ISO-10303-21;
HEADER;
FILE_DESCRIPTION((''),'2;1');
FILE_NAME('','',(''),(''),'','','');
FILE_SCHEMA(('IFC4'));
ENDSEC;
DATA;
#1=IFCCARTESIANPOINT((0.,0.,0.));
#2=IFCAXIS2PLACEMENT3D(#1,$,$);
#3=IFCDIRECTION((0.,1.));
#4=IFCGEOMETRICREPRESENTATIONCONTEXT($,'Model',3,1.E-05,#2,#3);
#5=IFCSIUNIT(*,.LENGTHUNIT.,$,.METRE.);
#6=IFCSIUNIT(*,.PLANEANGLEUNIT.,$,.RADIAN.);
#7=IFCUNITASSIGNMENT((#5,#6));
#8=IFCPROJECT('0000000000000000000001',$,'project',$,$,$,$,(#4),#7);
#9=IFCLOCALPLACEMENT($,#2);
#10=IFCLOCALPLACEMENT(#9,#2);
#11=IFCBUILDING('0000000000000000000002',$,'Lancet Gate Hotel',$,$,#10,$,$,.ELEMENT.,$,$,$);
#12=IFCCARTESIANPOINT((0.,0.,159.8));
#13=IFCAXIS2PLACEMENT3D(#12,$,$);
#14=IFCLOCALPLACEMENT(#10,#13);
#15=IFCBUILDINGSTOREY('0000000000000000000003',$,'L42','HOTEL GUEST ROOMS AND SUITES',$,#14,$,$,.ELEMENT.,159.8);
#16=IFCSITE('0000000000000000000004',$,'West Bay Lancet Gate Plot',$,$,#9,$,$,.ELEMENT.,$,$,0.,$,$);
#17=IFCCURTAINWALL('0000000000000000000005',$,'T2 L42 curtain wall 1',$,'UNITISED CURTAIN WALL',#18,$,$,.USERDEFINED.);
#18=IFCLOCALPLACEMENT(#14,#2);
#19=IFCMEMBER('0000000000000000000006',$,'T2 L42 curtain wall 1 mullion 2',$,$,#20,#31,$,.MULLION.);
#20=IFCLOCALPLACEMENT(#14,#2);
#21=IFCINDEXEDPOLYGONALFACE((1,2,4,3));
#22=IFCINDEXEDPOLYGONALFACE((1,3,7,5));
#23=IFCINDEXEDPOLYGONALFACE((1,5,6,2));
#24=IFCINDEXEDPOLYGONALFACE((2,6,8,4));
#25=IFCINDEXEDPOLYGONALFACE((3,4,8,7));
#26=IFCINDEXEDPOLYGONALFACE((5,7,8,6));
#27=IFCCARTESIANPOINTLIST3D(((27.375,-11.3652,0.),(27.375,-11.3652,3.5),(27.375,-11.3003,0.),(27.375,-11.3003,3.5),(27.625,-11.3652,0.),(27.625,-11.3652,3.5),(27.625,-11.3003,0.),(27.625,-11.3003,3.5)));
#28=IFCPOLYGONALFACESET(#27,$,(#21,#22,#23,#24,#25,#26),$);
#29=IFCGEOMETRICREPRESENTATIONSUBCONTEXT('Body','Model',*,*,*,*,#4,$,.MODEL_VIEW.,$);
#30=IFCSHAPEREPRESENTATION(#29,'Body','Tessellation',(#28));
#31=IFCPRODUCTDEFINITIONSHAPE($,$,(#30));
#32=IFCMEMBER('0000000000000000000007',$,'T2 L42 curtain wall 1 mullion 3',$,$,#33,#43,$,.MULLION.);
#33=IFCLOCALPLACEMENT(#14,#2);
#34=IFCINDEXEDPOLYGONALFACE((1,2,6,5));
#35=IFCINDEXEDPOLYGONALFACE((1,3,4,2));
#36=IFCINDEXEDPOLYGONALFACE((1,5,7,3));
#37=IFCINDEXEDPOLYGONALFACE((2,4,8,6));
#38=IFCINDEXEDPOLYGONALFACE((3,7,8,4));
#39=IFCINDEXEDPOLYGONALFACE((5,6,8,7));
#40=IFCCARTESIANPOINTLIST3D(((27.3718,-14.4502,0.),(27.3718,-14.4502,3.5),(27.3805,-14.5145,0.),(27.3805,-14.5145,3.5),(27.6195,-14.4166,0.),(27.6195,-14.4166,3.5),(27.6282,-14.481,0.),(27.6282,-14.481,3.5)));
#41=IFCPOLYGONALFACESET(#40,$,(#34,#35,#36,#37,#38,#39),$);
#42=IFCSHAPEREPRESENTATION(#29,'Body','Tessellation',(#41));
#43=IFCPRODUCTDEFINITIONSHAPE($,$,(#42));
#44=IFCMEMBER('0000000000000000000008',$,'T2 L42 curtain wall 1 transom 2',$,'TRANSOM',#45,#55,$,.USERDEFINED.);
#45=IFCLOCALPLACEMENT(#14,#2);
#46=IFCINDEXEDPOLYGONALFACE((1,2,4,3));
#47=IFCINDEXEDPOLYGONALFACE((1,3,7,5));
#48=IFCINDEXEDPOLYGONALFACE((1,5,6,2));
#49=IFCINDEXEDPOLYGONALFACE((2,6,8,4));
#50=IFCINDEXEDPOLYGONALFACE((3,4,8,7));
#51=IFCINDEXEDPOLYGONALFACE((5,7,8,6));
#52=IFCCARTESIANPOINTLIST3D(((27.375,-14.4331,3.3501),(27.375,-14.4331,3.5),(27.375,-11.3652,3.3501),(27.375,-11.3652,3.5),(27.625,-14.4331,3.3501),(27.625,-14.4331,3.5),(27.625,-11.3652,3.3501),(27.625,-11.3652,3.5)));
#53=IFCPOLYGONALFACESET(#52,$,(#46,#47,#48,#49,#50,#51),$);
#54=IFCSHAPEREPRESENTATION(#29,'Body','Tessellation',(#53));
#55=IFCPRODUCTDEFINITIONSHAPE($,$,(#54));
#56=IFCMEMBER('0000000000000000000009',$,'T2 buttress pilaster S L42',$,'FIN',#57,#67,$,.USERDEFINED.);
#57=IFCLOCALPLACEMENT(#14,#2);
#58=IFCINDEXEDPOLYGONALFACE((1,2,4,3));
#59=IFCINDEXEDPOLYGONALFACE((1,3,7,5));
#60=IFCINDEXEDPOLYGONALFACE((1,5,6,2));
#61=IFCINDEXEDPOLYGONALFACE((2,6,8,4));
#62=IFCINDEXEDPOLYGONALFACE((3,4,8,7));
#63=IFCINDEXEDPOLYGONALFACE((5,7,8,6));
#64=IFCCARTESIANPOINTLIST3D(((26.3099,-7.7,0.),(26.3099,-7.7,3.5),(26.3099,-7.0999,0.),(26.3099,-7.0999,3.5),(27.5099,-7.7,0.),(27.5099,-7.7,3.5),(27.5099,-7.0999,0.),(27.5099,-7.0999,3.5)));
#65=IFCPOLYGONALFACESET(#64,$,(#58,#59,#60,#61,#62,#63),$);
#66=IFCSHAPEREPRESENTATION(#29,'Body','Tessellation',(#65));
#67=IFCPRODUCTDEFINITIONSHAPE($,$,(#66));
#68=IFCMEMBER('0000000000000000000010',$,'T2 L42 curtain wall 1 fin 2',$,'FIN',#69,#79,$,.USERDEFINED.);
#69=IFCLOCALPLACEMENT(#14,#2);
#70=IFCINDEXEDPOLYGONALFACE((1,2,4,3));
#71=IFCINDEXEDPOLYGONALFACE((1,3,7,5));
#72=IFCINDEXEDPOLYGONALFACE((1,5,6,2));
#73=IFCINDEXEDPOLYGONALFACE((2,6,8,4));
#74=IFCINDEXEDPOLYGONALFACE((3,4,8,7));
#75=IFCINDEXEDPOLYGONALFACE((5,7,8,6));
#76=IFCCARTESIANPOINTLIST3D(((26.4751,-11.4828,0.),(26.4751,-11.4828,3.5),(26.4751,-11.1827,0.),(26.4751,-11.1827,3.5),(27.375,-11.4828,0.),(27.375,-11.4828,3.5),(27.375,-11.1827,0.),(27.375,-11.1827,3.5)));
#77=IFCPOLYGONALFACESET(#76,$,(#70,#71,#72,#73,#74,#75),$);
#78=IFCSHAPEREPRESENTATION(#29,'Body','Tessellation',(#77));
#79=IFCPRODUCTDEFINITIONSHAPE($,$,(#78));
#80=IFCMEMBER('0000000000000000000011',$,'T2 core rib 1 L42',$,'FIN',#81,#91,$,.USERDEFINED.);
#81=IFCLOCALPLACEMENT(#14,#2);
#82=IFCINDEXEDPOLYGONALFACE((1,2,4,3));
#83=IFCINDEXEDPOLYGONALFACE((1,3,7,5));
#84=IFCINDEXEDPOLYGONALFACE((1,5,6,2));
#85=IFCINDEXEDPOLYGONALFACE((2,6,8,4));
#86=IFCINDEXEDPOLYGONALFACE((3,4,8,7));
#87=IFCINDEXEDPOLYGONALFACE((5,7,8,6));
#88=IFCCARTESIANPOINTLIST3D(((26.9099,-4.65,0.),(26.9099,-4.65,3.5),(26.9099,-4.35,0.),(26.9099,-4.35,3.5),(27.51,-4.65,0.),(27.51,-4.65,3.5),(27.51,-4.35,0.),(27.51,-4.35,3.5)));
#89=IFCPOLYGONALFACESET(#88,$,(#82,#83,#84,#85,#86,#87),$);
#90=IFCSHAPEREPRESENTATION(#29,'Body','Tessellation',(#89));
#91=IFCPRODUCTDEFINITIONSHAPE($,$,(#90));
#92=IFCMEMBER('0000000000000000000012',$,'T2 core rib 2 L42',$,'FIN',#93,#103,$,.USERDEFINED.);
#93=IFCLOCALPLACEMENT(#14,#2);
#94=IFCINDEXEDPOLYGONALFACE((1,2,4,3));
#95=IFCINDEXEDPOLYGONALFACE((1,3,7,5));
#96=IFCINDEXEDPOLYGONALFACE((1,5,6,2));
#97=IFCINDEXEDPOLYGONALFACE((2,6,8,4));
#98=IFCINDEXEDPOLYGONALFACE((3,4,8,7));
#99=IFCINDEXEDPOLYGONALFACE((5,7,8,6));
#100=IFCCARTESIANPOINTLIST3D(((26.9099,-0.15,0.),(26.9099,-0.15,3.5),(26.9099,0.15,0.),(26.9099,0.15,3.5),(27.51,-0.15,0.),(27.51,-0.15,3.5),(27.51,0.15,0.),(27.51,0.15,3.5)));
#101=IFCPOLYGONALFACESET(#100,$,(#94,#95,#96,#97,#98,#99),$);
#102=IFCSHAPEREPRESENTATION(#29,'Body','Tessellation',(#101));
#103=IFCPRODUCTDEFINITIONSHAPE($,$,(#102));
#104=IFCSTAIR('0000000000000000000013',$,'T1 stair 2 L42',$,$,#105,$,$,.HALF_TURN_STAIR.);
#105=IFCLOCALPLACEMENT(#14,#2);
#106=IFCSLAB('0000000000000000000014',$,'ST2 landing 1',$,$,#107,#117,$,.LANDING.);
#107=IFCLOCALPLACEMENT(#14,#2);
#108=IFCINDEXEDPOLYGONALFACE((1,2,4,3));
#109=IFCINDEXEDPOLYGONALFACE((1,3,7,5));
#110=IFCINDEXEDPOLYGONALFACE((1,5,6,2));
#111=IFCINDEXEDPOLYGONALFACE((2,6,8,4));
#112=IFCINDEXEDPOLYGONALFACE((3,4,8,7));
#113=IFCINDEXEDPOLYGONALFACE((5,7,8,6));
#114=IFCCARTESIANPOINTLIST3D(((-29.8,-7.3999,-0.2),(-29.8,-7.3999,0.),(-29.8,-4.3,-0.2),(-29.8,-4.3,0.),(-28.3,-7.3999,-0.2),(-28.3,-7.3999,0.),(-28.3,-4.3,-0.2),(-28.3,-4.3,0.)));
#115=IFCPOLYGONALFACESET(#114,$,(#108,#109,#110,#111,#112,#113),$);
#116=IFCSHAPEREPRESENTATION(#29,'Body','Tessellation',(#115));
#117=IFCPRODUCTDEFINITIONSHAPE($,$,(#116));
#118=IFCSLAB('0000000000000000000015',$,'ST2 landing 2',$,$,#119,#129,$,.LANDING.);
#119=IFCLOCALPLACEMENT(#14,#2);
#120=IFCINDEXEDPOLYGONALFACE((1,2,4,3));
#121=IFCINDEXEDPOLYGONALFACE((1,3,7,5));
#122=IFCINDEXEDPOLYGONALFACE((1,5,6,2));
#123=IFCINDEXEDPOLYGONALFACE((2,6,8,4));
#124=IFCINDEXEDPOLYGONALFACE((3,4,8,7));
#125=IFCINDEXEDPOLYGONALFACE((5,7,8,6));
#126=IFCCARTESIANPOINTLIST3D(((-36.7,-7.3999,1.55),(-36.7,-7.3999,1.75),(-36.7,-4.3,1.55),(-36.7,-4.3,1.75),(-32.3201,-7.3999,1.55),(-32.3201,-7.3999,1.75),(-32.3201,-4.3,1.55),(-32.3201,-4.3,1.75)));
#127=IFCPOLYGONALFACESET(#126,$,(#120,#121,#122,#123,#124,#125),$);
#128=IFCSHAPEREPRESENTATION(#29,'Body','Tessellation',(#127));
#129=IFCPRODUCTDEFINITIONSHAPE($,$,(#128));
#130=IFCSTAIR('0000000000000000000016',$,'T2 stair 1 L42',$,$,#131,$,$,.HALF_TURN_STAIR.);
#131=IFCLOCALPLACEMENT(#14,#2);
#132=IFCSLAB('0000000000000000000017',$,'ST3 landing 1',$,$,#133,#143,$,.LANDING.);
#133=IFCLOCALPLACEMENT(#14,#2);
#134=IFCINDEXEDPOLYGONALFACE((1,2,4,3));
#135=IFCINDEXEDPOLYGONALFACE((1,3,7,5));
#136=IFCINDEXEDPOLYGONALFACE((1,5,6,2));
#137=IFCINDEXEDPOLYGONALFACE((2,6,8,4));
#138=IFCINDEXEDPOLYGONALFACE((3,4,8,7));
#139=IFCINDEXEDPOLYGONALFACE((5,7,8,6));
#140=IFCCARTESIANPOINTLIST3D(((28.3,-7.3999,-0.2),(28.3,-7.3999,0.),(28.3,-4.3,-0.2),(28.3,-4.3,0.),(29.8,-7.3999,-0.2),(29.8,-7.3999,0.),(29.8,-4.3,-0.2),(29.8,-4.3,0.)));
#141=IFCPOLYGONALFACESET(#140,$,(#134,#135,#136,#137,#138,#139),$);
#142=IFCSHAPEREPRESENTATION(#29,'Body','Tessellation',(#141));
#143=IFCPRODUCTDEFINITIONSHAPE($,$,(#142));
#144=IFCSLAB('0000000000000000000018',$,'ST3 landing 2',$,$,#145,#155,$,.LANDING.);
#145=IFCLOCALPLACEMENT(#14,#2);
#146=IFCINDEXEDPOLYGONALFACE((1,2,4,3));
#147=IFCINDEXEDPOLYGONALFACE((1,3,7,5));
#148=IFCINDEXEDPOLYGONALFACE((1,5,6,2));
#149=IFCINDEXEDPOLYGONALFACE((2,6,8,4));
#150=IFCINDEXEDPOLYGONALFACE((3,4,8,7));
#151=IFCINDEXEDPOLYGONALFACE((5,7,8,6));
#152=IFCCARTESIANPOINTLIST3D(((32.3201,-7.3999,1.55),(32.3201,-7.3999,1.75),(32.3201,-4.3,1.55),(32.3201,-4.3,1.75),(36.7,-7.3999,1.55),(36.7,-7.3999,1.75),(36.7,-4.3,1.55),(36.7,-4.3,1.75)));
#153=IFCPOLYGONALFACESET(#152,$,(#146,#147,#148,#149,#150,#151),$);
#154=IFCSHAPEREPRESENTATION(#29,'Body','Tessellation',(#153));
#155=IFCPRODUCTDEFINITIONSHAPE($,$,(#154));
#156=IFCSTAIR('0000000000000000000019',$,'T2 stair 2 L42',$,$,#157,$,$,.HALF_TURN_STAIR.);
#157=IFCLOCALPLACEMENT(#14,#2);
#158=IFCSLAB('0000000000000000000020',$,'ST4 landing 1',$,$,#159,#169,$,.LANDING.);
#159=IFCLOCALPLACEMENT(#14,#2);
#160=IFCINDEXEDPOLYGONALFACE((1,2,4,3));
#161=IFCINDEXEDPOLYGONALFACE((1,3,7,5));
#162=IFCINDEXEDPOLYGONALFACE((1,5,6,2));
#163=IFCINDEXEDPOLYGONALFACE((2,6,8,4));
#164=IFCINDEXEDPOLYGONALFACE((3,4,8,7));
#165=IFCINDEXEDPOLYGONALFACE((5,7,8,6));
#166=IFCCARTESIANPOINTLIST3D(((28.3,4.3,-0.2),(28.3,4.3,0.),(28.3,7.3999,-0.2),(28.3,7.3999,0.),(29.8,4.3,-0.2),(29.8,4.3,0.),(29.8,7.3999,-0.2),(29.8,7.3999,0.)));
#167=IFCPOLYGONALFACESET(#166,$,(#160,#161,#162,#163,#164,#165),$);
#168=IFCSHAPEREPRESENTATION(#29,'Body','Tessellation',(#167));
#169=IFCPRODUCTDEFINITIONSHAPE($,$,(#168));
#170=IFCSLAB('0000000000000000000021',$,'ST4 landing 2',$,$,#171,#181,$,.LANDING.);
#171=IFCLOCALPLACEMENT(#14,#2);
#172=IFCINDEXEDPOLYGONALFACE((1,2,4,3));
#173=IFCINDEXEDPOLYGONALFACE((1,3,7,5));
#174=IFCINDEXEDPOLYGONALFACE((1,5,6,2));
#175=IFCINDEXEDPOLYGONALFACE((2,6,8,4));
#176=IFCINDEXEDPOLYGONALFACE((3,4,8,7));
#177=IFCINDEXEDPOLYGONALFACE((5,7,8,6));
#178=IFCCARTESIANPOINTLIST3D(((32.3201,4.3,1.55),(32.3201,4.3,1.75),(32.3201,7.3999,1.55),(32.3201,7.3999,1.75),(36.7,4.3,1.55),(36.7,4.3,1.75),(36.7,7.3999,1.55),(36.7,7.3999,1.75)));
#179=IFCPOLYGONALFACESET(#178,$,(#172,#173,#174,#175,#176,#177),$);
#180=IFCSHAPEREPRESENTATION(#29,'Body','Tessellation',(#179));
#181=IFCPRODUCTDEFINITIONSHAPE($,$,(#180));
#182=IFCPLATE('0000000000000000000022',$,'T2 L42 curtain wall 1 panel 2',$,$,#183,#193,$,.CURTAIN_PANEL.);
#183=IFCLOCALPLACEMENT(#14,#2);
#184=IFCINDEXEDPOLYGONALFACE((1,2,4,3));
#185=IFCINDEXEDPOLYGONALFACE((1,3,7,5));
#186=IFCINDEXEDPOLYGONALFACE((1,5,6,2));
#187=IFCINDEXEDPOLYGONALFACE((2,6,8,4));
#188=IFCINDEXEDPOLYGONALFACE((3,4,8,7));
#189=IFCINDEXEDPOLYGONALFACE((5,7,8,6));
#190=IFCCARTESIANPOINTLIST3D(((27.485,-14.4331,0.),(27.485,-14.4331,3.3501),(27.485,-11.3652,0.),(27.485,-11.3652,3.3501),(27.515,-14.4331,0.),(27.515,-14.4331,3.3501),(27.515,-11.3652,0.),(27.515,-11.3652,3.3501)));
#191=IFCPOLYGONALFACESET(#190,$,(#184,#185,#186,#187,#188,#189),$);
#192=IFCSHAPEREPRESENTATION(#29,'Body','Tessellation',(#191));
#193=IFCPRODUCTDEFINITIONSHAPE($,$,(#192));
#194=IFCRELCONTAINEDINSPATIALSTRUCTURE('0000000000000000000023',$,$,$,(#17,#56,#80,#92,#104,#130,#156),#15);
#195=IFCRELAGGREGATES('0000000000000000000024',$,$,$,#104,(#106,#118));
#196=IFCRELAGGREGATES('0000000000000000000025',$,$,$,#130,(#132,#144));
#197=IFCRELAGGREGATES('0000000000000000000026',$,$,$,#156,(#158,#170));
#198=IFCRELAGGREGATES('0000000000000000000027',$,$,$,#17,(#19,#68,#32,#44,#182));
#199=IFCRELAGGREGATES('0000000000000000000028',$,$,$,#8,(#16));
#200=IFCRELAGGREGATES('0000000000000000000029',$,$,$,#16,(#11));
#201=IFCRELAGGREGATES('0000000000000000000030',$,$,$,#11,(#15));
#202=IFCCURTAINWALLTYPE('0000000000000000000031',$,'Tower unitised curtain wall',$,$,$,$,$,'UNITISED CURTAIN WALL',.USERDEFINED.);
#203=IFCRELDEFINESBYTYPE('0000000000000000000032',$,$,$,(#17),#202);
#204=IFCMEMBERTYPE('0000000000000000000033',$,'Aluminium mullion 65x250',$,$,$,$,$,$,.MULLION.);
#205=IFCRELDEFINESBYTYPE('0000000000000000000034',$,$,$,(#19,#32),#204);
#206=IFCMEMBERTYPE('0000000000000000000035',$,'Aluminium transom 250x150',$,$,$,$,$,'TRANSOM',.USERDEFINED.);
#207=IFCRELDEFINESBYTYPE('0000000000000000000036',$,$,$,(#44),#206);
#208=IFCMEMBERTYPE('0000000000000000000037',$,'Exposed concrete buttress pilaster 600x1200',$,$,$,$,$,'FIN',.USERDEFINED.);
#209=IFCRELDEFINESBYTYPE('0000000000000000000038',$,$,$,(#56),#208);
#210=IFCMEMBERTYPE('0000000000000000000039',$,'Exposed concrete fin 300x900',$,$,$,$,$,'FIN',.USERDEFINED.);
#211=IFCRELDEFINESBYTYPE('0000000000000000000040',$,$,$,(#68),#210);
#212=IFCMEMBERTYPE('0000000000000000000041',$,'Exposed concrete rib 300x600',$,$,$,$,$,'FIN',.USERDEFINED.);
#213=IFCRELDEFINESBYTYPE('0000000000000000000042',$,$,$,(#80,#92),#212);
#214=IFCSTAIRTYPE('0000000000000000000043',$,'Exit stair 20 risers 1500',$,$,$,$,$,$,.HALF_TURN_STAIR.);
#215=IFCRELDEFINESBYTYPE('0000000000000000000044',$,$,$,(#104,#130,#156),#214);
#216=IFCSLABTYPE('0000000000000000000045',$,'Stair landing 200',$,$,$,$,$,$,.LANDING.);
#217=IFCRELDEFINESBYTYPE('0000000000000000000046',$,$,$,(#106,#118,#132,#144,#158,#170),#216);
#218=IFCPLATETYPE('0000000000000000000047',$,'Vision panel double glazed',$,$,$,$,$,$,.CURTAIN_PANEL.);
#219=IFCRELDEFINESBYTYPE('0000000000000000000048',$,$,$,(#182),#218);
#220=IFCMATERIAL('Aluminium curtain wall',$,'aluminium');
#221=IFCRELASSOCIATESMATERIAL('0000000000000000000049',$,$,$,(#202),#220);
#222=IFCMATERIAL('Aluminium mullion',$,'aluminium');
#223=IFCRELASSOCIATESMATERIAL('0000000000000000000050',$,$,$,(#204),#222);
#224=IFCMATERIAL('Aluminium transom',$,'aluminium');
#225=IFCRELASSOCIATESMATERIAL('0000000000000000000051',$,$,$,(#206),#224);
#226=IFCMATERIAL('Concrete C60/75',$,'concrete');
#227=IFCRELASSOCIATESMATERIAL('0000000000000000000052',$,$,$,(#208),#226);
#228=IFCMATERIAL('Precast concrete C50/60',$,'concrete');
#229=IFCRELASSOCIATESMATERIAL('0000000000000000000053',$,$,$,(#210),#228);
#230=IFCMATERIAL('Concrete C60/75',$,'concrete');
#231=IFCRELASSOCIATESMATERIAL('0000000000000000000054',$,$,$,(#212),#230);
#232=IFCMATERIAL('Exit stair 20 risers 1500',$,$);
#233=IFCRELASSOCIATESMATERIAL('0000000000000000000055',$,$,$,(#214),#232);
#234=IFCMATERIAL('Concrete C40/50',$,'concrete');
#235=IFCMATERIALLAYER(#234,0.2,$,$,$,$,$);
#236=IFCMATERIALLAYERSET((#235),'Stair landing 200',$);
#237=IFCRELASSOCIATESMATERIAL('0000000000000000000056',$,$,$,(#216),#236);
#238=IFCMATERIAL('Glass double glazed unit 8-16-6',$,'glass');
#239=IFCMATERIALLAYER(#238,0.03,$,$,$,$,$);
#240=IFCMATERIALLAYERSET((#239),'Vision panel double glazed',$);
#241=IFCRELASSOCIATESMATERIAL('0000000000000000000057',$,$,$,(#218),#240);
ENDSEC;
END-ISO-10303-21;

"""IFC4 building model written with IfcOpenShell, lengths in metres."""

from ifc_helpers import new_model, si_unit, direction, frame, origin, origin_2d, place, context, subcontext, project, spatial, polyline, rectangle, outline, extrude, material, layer, layer_set, material_profile, profile_set, type_object, element, aggregate, save


model = new_model("IFC4")

# Units and contexts
model_context = context("Model", 3, precision=1e-05, world=origin(), true_north=direction((0.0, 1.0)))
body_context = subcontext(model_context, "Body", "Model", "MODEL_VIEW")
ifc_project = project(units=[si_unit("LENGTHUNIT", "METRE"), si_unit("PLANEANGLEUNIT", "RADIAN")], contexts=[model_context])

# Site, building, storey
site_placement = place(None, origin())
site = spatial("IfcSite", under=ifc_project, at=site_placement, Name="West Bay Lancet Gate Plot", CompositionType="ELEMENT", RefElevation=0.0)
building_placement = place(site_placement, origin())
building = spatial("IfcBuilding", under=site, at=building_placement, Name="Lancet Gate Hotel", CompositionType="ELEMENT")
storey_placement = place(building_placement, frame((0.0, 0.0, 159.8)))
storey = spatial("IfcBuildingStorey", under=building, at=storey_placement, Name="L42", Description="HOTEL GUEST ROOMS AND SUITES", CompositionType="ELEMENT", Elevation=159.8)

# Curtain wall, members
ifc_material_1 = material(Name="Aluminium curtain wall", Category="aluminium")
curtain_wall_type = type_object("IfcCurtainWallType", Name="Tower unitised curtain wall", ElementType="UNITISED CURTAIN WALL", PredefinedType="USERDEFINED", material=ifc_material_1)
curtain_wall_placement = place(storey_placement, origin())
curtain_wall = element("IfcCurtainWall", 1, at=curtain_wall_placement, inside=storey, type_object=curtain_wall_type, Name="T2 L42 curtain wall 1", ObjectType="UNITISED CURTAIN WALL", PredefinedType="USERDEFINED")
ifc_material_2 = material(Name="Aluminium mullion", Category="aluminium")
ifc_material_profile_1 = material_profile(ifc_material_2, rectangle(XDim=0.0649, YDim=0.25, at=origin_2d()), Name="MULLION 65x250")
ifc_profile_set_1 = profile_set([ifc_material_profile_1], Name="Aluminium mullion")
member_type_1 = type_object("IfcMemberType", Name="Aluminium mullion 65x250", PredefinedType="MULLION", material=ifc_profile_set_1)
member_1_placement = place(storey_placement, frame((27.5, -11.3328, 0.0), z_axis=(0.0, 0.0, 1.0), x_axis=(0.0, -1.0, 0.0)))
member_1 = element("IfcMember", 2, at=member_1_placement, type_object=member_type_1, Name="T2 L42 curtain wall 1 mullion 2", PredefinedType="MULLION", context=body_context, shape_type="SweptSolid", body=[
    extrude(rectangle(XDim=0.0649, YDim=0.25, at=origin_2d()), origin(), (0.0, 0.0, 1.0), 3.5),
])
member_2_placement = place(storey_placement, frame((27.5, -14.4656, 0.0), z_axis=(0.0, 0.0, 1.0), x_axis=(0.134207, -0.990953, 0.0)))
member_2 = element("IfcMember", 3, at=member_2_placement, type_object=member_type_1, Name="T2 L42 curtain wall 1 mullion 3", PredefinedType="MULLION", context=body_context, shape_type="SweptSolid", body=[
    extrude(rectangle(XDim=0.0649, YDim=0.25, at=origin_2d()), origin(), (0.0, 0.0, 1.0), 3.5),
])
ifc_material_3 = material(Name="Aluminium transom", Category="aluminium")
ifc_material_profile_2 = material_profile(ifc_material_3, rectangle(XDim=0.25, YDim=0.1499, at=origin_2d()), Name="TRANSOM 250x150")
ifc_profile_set_2 = profile_set([ifc_material_profile_2], Name="Aluminium transom")
member_type_2 = type_object("IfcMemberType", Name="Aluminium transom 250x150", ElementType="TRANSOM", PredefinedType="USERDEFINED", material=ifc_profile_set_2)
member_3_placement = place(storey_placement, frame((27.5, -11.3652, 3.425), z_axis=(0.0, -1.0, 0.0), x_axis=(1.0, 0.0, 0.0)))
member_3 = element("IfcMember", 4, at=member_3_placement, type_object=member_type_2, Name="T2 L42 curtain wall 1 transom 2", ObjectType="TRANSOM", PredefinedType="USERDEFINED", context=body_context, shape_type="SweptSolid", body=[
    extrude(rectangle(XDim=0.25, YDim=0.1499, at=origin_2d()), origin(), (0.0, 0.0, 1.0), 3.0679),
])

# Members
ifc_material_4 = material(Name="Concrete C60/75", Category="concrete")
ifc_material_profile_3 = material_profile(ifc_material_4, rectangle(XDim=0.6001, YDim=1.2, at=origin_2d()), Name="FIN 600x1200")
ifc_profile_set_3 = profile_set([ifc_material_profile_3], Name="Concrete C60/75")
member_type_3 = type_object("IfcMemberType", Name="Exposed concrete buttress pilaster 600x1200", ElementType="FIN", PredefinedType="USERDEFINED", material=ifc_profile_set_3)
member_4_placement = place(storey_placement, frame((26.9099, -7.3999, 0.0), z_axis=(0.0, 0.0, 1.0), x_axis=(0.0, 1.0, 0.0)))
element("IfcMember", 5, at=member_4_placement, inside=storey, type_object=member_type_3, Name="T2 buttress pilaster S L42", ObjectType="FIN", PredefinedType="USERDEFINED", context=body_context, shape_type="SweptSolid", body=[
    extrude(rectangle(XDim=0.6001, YDim=1.2, at=origin_2d()), origin(), (0.0, 0.0, 1.0), 3.5),
])
ifc_material_5 = material(Name="Precast concrete C50/60", Category="concrete")
ifc_material_profile_4 = material_profile(ifc_material_5, rectangle(XDim=0.3, YDim=0.8999, at=origin_2d()), Name="FIN 300x900")
ifc_profile_set_4 = profile_set([ifc_material_profile_4], Name="Precast concrete C50/60")
member_type_4 = type_object("IfcMemberType", Name="Exposed concrete fin 300x900", ElementType="FIN", PredefinedType="USERDEFINED", material=ifc_profile_set_4)
member_5_placement = place(storey_placement, frame((26.925, -11.3328, 0.0), z_axis=(0.0, 0.0, 1.0), x_axis=(0.0, -1.0, 0.0)))
member_5 = element("IfcMember", 6, at=member_5_placement, type_object=member_type_4, Name="T2 L42 curtain wall 1 fin 2", ObjectType="FIN", PredefinedType="USERDEFINED", context=body_context, shape_type="SweptSolid", body=[
    extrude(rectangle(XDim=0.3, YDim=0.8999, at=origin_2d()), origin(), (0.0, 0.0, 1.0), 3.5),
])

# Members
ifc_material_6 = material(Name="Concrete C60/75", Category="concrete")
ifc_material_profile_5 = material_profile(ifc_material_6, rectangle(XDim=0.3, YDim=0.6001, at=origin_2d()), Name="FIN 300x600")
ifc_profile_set_5 = profile_set([ifc_material_profile_5], Name="Concrete C60/75")
member_type_5 = type_object("IfcMemberType", Name="Exposed concrete rib 300x600", ElementType="FIN", PredefinedType="USERDEFINED", material=ifc_profile_set_5)
for number, where, z_axis, x_axis, name in (
    (7, (27.21, -4.5, 0.0), (0.0, 0.0, 1.0), (0.0, 1.0, 0.0), "T2 core rib 1 L42"),
    (8, (27.21, 0.0, 0.0), (0.0, 0.0, 1.0), (0.0, 1.0, 0.0), "T2 core rib 2 L42"),
):
    element("IfcMember", number, at=place(storey_placement, frame(where, z_axis=z_axis, x_axis=x_axis)), inside=storey, type_object=member_type_5, Name=name, ObjectType="FIN", PredefinedType="USERDEFINED", context=body_context, shape_type="SweptSolid", body=[
        extrude(rectangle(XDim=0.3, YDim=0.6001, at=origin_2d()), origin(), (0.0, 0.0, 1.0), 3.5),
    ])

# Stairs, slabs
ifc_material_7 = material(Name="Exit stair 20 risers 1500")
stair_type = type_object("IfcStairType", Name="Exit stair 20 risers 1500", PredefinedType="HALF_TURN_STAIR", material=ifc_material_7)
stair_1_placement = place(storey_placement, origin())
stair_1 = element("IfcStair", 9, at=stair_1_placement, inside=storey, type_object=stair_type, Name="T1 stair 2 L42", PredefinedType="HALF_TURN_STAIR")
ifc_material_8 = material(Name="Concrete C40/50", Category="concrete")
ifc_layer_1 = layer(ifc_material_8, 0.2)
ifc_layer_set_1 = layer_set([ifc_layer_1], Name="Stair landing 200")
slab_type = type_object("IfcSlabType", Name="Stair landing 200", PredefinedType="LANDING", material=ifc_layer_set_1)
slab_1_placement = place(storey_placement, frame((0.0, 0.0, -0.2)))
slab_1 = element("IfcSlab", 10, at=slab_1_placement, type_object=slab_type, Name="ST2 landing 1", PredefinedType="LANDING", context=body_context, shape_type="SweptSolid", body=[
    extrude(outline(polyline([(-28.3, -4.3), (-29.8, -4.3), (-29.8, -7.3999), (-28.3, -7.3999), (-28.3, -4.3)])), origin(), (0.0, 0.0, 1.0), 0.2),
])
slab_2_placement = place(storey_placement, frame((0.0, 0.0, 1.55)))
slab_2 = element("IfcSlab", 11, at=slab_2_placement, type_object=slab_type, Name="ST2 landing 2", PredefinedType="LANDING", context=body_context, shape_type="SweptSolid", body=[
    extrude(outline(polyline([(-32.3201, -4.3), (-36.7, -4.3), (-36.7, -7.3999), (-32.3201, -7.3999), (-32.3201, -4.3)])), origin(), (0.0, 0.0, 1.0), 0.2),
])
aggregate(stair_1, [slab_1, slab_2])
stair_2_placement = place(storey_placement, origin())
stair_2 = element("IfcStair", 12, at=stair_2_placement, inside=storey, type_object=stair_type, Name="T2 stair 1 L42", PredefinedType="HALF_TURN_STAIR")
slab_3_placement = place(storey_placement, frame((0.0, 0.0, -0.2)))
slab_3 = element("IfcSlab", 13, at=slab_3_placement, type_object=slab_type, Name="ST3 landing 1", PredefinedType="LANDING", context=body_context, shape_type="SweptSolid", body=[
    extrude(outline(polyline([(28.3, -7.3999), (29.8, -7.3999), (29.8, -4.3), (28.3, -4.3), (28.3, -7.3999)])), origin(), (0.0, 0.0, 1.0), 0.2),
])
slab_4_placement = place(storey_placement, frame((0.0, 0.0, 1.55)))
slab_4 = element("IfcSlab", 14, at=slab_4_placement, type_object=slab_type, Name="ST3 landing 2", PredefinedType="LANDING", context=body_context, shape_type="SweptSolid", body=[
    extrude(outline(polyline([(32.3201, -7.3999), (36.7, -7.3999), (36.7, -4.3), (32.3201, -4.3), (32.3201, -7.3999)])), origin(), (0.0, 0.0, 1.0), 0.2),
])
aggregate(stair_2, [slab_3, slab_4])
stair_3_placement = place(storey_placement, origin())
stair_3 = element("IfcStair", 15, at=stair_3_placement, inside=storey, type_object=stair_type, Name="T2 stair 2 L42", PredefinedType="HALF_TURN_STAIR")
slab_5_placement = place(storey_placement, frame((0.0, 0.0, -0.2)))
slab_5 = element("IfcSlab", 16, at=slab_5_placement, type_object=slab_type, Name="ST4 landing 1", PredefinedType="LANDING", context=body_context, shape_type="SweptSolid", body=[
    extrude(outline(polyline([(28.3, 4.3), (29.8, 4.3), (29.8, 7.3999), (28.3, 7.3999), (28.3, 4.3)])), origin(), (0.0, 0.0, 1.0), 0.2),
])
slab_6_placement = place(storey_placement, frame((0.0, 0.0, 1.55)))
slab_6 = element("IfcSlab", 17, at=slab_6_placement, type_object=slab_type, Name="ST4 landing 2", PredefinedType="LANDING", context=body_context, shape_type="SweptSolid", body=[
    extrude(outline(polyline([(32.3201, 4.3), (36.7, 4.3), (36.7, 7.3999), (32.3201, 7.3999), (32.3201, 4.3)])), origin(), (0.0, 0.0, 1.0), 0.2),
])
aggregate(stair_3, [slab_5, slab_6])

# Plate
ifc_material_9 = material(Name="Glass double glazed unit 8-16-6", Category="glass")
ifc_layer_2 = layer(ifc_material_9, 0.03)
ifc_layer_set_2 = layer_set([ifc_layer_2], Name="Vision panel double glazed")
plate_type = type_object("IfcPlateType", Name="Vision panel double glazed", PredefinedType="CURTAIN_PANEL", material=ifc_layer_set_2)
plate_placement = place(storey_placement, frame((27.5, -12.8992, 0.0), z_axis=(0.0, 0.0, 1.0), x_axis=(0.0, -1.0, 0.0)))
plate = element("IfcPlate", 18, at=plate_placement, type_object=plate_type, Name="T2 L42 curtain wall 1 panel 2", PredefinedType="CURTAIN_PANEL", context=body_context, shape_type="SweptSolid", body=[
    extrude(rectangle(XDim=3.0679, YDim=0.03, at=origin_2d()), origin(), (0.0, 0.0, 1.0), 3.3501),
])
aggregate(curtain_wall, [member_1, member_5, member_2, member_3, plate])

save(model, "model.ifc")
